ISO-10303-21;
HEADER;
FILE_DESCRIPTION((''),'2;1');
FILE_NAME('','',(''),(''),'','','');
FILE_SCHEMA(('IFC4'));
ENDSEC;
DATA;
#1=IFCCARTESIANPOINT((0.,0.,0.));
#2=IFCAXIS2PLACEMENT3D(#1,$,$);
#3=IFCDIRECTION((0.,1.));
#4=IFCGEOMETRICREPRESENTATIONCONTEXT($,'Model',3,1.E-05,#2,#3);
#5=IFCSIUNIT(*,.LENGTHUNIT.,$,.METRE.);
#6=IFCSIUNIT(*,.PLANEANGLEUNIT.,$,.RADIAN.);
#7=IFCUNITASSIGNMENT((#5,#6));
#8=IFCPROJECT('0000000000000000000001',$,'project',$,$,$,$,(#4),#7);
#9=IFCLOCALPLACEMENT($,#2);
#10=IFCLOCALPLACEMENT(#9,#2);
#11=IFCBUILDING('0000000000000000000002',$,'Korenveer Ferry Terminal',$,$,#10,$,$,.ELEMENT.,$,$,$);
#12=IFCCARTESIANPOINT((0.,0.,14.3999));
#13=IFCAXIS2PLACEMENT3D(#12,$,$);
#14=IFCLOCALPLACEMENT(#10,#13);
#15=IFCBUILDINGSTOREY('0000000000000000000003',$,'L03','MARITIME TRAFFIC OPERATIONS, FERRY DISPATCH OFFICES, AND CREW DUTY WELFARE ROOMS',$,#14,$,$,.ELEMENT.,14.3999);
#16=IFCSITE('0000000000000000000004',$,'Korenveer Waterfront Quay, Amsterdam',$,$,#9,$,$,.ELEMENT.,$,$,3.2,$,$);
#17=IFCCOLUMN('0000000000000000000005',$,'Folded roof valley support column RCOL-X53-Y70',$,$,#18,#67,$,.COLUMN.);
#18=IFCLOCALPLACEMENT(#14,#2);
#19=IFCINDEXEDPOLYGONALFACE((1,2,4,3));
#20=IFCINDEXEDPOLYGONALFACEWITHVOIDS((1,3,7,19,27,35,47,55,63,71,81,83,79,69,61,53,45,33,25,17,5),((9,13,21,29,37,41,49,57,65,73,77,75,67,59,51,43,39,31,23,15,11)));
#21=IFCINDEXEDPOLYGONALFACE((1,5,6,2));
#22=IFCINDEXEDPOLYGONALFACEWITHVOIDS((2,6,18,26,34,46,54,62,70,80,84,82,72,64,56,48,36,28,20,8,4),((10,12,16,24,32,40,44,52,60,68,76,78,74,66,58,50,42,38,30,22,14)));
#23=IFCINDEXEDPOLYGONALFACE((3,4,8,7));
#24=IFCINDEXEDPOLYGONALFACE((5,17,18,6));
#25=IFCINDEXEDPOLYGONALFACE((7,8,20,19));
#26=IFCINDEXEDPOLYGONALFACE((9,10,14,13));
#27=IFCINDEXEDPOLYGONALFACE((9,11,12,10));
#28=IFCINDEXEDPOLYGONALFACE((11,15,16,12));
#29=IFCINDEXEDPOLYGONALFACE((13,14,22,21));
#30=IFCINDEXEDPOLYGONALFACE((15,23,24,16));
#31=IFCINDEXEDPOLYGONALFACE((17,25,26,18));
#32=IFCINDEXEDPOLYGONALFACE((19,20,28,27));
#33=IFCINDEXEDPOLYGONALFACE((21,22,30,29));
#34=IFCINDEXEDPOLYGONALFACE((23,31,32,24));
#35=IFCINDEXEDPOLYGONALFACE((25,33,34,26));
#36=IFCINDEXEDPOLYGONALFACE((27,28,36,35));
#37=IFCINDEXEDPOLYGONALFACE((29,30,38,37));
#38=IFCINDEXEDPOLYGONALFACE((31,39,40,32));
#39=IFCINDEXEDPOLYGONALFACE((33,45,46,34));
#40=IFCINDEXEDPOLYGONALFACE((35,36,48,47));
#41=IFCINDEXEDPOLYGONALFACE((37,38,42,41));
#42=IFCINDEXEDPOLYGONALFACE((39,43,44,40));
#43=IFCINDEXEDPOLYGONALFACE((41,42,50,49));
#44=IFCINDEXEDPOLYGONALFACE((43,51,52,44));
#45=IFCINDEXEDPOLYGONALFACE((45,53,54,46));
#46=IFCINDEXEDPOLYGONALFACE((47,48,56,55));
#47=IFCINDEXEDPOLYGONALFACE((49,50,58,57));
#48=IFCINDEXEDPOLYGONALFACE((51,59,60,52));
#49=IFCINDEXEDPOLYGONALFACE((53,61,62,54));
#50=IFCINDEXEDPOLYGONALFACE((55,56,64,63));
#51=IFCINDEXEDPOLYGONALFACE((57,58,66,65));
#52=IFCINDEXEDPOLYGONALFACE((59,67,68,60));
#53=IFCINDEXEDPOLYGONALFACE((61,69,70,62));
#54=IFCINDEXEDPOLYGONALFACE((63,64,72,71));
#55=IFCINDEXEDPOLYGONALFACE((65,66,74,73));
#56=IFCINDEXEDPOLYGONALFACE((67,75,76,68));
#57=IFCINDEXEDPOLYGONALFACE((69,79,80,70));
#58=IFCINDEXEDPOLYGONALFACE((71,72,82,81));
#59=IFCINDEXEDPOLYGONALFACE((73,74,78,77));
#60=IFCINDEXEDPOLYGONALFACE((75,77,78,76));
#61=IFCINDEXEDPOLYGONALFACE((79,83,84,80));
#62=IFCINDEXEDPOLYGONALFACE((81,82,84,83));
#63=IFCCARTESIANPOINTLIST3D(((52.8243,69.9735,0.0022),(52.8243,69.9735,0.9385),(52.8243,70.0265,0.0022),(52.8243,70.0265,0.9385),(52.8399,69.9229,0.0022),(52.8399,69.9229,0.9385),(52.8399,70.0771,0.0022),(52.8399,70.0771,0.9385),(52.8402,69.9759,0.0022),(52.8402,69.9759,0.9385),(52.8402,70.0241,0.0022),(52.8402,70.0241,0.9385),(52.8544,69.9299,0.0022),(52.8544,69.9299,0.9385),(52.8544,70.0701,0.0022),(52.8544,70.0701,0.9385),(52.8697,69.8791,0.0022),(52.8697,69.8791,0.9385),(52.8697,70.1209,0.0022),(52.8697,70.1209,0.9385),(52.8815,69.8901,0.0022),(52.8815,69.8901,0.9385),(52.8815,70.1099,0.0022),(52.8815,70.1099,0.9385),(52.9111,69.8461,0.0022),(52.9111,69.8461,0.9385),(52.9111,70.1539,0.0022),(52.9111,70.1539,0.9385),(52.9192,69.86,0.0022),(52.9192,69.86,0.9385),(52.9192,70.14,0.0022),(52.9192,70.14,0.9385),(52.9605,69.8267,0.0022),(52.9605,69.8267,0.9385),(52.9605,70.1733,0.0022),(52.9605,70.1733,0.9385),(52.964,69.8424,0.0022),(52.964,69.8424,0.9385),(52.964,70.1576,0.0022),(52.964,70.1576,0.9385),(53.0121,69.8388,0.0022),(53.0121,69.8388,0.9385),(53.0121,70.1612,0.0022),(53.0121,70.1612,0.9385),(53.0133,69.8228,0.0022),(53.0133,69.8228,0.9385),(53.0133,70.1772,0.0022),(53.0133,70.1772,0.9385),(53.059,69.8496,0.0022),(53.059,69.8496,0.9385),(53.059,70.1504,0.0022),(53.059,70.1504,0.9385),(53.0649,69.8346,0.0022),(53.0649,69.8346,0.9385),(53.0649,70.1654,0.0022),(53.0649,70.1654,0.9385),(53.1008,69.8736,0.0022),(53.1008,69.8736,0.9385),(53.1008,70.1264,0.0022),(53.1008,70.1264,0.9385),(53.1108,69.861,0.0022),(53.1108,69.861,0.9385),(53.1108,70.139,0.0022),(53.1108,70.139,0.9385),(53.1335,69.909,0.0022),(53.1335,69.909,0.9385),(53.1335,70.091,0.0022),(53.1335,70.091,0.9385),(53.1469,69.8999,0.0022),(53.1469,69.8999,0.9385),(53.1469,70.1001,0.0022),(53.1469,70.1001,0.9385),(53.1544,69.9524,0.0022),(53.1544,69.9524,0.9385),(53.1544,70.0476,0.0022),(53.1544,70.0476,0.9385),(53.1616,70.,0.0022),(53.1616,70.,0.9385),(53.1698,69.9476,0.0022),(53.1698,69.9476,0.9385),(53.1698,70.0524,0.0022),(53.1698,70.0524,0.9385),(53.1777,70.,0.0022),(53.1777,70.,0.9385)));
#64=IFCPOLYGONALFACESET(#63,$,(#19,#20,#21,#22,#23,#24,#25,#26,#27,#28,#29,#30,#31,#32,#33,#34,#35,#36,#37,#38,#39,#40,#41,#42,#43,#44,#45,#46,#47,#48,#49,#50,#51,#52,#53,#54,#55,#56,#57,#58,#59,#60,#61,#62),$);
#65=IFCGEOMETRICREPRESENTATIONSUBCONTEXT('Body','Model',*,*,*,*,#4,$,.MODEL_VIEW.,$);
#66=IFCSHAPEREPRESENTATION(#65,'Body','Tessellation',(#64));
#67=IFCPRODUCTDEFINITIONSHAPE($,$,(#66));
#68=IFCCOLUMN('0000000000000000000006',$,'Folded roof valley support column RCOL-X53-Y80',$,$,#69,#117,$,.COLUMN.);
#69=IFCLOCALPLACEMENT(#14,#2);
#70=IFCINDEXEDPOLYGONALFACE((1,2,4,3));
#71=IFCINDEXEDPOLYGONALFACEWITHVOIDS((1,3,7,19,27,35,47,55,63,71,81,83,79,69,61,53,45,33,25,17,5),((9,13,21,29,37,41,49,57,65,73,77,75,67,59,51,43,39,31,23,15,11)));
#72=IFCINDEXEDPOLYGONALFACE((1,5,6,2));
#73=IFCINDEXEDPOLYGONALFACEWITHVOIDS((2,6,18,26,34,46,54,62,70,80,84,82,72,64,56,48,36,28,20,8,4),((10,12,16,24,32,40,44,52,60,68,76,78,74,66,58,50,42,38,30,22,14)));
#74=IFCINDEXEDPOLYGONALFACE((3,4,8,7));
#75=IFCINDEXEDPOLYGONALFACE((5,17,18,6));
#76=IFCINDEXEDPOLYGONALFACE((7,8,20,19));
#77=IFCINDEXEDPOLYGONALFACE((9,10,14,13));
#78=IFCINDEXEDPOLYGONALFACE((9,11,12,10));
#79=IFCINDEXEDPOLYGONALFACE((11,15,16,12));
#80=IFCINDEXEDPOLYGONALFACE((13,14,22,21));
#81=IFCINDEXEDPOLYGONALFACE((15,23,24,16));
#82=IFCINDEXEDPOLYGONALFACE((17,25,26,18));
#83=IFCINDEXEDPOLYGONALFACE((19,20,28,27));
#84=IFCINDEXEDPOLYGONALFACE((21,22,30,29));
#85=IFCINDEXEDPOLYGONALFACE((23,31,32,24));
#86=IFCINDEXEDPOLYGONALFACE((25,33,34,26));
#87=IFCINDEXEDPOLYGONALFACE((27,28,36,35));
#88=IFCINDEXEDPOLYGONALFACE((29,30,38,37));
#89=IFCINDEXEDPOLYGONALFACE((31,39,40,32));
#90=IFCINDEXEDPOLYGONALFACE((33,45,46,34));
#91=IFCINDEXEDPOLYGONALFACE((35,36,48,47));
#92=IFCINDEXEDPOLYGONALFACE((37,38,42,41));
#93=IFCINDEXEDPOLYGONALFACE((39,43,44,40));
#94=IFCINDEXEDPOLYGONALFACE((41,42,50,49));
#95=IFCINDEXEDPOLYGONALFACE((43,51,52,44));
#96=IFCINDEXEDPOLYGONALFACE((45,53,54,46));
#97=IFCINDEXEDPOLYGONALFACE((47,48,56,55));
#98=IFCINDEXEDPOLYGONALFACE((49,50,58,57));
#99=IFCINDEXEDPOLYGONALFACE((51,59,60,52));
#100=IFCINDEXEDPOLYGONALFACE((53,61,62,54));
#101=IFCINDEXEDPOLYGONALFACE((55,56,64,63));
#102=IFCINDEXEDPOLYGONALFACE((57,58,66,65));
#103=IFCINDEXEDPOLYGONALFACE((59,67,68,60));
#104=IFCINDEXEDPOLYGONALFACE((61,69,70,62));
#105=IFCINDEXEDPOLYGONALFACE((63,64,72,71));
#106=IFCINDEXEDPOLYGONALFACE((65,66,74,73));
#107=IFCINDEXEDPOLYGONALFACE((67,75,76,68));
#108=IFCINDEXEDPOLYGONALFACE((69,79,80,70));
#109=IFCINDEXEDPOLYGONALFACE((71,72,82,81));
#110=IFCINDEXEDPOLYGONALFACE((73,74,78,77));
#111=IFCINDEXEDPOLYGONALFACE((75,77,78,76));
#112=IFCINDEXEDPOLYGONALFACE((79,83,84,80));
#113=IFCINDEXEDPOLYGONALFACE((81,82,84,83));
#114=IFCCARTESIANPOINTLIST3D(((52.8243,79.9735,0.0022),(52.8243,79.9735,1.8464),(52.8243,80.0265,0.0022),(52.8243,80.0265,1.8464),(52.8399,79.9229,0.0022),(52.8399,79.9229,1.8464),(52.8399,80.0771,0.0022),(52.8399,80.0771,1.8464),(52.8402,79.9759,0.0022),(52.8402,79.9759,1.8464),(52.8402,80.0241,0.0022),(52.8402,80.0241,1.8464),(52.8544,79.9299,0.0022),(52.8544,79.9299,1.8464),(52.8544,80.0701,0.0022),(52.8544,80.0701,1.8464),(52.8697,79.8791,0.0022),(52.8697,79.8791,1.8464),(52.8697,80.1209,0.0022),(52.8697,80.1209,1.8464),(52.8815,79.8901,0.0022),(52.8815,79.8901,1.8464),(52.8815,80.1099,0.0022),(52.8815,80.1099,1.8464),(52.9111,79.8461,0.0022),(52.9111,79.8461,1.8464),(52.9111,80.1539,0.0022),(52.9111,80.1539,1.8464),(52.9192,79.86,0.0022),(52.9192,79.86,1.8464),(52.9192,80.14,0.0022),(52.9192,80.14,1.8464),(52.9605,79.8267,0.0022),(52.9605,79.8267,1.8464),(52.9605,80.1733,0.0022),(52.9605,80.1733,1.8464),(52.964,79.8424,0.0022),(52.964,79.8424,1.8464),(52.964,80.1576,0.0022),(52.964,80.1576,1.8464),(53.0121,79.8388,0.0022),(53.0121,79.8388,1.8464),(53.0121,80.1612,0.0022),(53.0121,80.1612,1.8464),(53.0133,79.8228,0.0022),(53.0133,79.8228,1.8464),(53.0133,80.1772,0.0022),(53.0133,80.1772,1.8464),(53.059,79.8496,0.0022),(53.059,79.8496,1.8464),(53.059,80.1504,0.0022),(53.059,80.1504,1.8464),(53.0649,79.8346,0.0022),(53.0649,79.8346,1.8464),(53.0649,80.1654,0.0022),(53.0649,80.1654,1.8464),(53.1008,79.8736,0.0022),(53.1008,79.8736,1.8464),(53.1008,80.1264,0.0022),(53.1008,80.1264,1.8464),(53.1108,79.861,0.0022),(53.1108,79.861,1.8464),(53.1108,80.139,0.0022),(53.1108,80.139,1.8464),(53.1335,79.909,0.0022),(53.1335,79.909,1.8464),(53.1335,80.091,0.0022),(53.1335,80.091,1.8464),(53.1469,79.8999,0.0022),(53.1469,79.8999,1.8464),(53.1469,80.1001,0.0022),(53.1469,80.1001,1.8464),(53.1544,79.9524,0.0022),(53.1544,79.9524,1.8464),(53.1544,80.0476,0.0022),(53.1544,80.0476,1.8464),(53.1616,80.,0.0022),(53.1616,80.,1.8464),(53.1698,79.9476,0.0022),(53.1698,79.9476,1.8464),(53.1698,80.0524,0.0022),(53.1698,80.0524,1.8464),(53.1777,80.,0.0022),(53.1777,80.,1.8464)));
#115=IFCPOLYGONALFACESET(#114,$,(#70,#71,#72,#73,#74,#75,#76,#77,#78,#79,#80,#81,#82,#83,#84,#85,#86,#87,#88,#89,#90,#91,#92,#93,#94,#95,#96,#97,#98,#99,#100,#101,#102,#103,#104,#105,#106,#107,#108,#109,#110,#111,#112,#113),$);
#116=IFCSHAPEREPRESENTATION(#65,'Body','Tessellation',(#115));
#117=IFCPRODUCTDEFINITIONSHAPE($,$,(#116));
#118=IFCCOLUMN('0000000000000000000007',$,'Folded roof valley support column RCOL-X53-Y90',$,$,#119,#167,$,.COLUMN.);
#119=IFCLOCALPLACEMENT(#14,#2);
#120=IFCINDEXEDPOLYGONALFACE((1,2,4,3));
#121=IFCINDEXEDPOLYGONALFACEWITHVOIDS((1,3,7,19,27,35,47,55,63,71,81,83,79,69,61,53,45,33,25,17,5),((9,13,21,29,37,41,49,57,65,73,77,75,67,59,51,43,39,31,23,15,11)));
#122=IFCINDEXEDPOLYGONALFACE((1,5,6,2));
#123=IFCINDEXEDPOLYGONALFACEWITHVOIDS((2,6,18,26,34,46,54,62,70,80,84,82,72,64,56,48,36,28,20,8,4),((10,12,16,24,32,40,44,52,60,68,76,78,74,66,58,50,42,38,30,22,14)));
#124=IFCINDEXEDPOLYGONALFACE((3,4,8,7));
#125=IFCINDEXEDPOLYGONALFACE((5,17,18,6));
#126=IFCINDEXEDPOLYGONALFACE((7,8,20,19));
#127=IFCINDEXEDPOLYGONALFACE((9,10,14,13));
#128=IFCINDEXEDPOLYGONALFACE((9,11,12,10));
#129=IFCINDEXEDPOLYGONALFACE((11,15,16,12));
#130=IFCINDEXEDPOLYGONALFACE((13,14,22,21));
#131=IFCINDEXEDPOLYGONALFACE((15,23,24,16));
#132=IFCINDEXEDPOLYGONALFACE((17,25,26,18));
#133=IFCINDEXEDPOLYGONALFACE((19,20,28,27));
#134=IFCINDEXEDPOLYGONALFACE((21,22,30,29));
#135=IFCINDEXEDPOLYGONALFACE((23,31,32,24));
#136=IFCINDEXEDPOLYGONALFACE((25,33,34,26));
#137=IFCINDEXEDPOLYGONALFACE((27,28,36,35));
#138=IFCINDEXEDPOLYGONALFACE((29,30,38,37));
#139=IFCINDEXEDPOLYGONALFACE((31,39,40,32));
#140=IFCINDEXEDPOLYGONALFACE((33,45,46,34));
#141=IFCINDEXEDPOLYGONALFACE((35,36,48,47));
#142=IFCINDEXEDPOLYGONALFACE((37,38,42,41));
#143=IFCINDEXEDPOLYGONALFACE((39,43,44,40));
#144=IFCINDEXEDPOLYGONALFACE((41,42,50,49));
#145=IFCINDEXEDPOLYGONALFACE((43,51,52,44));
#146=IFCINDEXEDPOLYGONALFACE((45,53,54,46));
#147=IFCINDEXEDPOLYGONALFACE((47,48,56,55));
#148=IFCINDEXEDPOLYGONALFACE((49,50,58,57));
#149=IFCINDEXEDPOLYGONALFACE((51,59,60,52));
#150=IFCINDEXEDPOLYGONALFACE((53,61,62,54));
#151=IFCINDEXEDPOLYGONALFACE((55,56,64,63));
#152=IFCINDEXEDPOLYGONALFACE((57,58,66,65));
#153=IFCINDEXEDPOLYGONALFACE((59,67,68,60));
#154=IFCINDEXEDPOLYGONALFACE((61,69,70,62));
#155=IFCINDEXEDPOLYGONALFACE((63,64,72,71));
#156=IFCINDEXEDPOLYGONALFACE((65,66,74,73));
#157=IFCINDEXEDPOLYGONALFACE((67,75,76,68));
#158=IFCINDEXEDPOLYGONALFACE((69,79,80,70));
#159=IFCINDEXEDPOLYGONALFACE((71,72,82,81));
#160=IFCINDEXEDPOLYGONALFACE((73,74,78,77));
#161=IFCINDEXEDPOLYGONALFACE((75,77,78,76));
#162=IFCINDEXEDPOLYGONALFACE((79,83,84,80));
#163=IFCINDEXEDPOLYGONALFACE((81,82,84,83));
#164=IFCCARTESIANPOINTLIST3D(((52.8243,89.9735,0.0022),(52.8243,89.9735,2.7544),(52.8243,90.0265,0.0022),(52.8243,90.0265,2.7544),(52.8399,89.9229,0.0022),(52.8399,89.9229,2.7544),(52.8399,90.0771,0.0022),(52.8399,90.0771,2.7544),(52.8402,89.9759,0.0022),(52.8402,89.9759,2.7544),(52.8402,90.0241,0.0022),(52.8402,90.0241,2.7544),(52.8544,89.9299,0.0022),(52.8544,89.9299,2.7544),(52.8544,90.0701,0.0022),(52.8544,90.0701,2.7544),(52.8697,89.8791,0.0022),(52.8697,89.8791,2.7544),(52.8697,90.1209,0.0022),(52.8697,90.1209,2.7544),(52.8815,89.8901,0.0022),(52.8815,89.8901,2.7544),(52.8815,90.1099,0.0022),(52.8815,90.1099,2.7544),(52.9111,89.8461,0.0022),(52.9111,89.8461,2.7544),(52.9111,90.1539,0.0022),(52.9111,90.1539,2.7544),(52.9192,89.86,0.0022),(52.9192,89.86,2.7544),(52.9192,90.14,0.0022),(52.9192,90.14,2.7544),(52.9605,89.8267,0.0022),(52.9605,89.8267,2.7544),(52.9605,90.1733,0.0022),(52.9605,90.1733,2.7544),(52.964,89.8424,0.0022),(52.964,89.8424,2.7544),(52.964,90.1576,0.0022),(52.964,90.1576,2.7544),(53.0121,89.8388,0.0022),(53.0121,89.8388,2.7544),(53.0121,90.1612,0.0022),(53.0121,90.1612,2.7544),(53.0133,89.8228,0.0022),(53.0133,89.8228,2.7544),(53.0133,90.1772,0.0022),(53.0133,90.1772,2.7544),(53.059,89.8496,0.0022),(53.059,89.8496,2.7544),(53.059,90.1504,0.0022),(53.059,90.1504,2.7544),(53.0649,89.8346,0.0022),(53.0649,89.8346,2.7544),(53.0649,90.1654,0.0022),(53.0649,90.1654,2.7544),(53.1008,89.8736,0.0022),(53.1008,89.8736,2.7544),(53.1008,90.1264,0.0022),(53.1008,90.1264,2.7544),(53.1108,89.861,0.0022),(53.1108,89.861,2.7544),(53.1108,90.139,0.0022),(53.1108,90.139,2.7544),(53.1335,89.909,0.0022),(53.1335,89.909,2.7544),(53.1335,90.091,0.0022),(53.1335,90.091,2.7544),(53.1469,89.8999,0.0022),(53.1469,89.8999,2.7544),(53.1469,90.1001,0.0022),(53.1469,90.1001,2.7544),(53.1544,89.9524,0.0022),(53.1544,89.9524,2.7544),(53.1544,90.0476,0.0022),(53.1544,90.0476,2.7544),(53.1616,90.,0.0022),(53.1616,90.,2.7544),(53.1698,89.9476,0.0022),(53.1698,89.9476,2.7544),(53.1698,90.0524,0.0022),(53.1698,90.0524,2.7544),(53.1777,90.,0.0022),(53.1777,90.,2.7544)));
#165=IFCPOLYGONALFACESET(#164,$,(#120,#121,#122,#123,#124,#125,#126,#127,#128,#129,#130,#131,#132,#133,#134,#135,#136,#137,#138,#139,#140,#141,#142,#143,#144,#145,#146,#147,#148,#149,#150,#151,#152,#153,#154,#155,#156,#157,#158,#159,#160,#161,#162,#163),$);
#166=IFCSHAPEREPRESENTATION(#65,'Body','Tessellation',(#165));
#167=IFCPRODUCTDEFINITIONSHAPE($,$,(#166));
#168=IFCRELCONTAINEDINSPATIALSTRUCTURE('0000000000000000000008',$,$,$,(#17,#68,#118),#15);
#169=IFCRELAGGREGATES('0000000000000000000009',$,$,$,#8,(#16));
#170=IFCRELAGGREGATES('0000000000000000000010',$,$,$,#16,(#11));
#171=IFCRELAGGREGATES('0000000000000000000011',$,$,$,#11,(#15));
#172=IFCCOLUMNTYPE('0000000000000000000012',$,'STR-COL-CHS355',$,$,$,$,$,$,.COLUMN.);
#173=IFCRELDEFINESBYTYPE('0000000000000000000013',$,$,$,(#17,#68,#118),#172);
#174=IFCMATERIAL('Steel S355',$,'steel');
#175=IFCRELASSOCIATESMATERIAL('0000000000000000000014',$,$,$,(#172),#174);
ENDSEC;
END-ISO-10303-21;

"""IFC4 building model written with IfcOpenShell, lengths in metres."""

from ifc_helpers import new_model, si_unit, direction, frame, origin, origin_2d, place, context, subcontext, project, spatial, hollow_circle, extrude, material, material_profile, profile_set, type_object, element, save


model = new_model("IFC4")

# Units and contexts
model_context = context("Model", 3, precision=1e-05, world=origin(), true_north=direction((0.0, 1.0)))
body_context = subcontext(model_context, "Body", "Model", "MODEL_VIEW")
ifc_project = project(units=[si_unit("LENGTHUNIT", "METRE"), si_unit("PLANEANGLEUNIT", "RADIAN")], contexts=[model_context])

# Site, building, storey
site_placement = place(None, origin())
site = spatial("IfcSite", under=ifc_project, at=site_placement, Name="Korenveer Waterfront Quay, Amsterdam", CompositionType="ELEMENT", RefElevation=3.2)
building_placement = place(site_placement, origin())
building = spatial("IfcBuilding", under=site, at=building_placement, Name="Korenveer Ferry Terminal", CompositionType="ELEMENT")
storey_placement = place(building_placement, frame((0.0, 0.0, 14.3999)))
storey = spatial("IfcBuildingStorey", under=building, at=storey_placement, Name="L03", Description="MARITIME TRAFFIC OPERATIONS, FERRY DISPATCH OFFICES, AND CREW DUTY WELFARE ROOMS", CompositionType="ELEMENT", Elevation=14.3999)

# Columns
ifc_material_1 = material(Name="Steel S355", Category="steel")
ifc_material_profile = material_profile(ifc_material_1, hollow_circle(Radius=0.1777, WallThickness=0.0161, at=origin_2d()), Name="CHS 355.6x16")
ifc_profile_set = profile_set([ifc_material_profile], Name="Steel S355")
column_type = type_object("IfcColumnType", Name="STR-COL-CHS355", PredefinedType="COLUMN", material=ifc_profile_set)
column_1_placement = place(storey_placement, frame((53.0, 70.0, 0.0022), z_axis=(0.0, 0.0, 1.0), x_axis=(1.0, 0.0, 0.0)))
element("IfcColumn", 1, at=column_1_placement, inside=storey, type_object=column_type, Name="Folded roof valley support column RCOL-X53-Y70", PredefinedType="COLUMN", context=body_context, shape_type="SweptSolid", body=[
    extrude(hollow_circle(Radius=0.1777, WallThickness=0.0161, at=origin_2d()), origin(), (0.0, 0.0, 1.0), 0.9363),
])
column_2_placement = place(storey_placement, frame((53.0, 80.0, 0.0022), z_axis=(0.0, 0.0, 1.0), x_axis=(1.0, 0.0, 0.0)))
element("IfcColumn", 2, at=column_2_placement, inside=storey, type_object=column_type, Name="Folded roof valley support column RCOL-X53-Y80", PredefinedType="COLUMN", context=body_context, shape_type="SweptSolid", body=[
    extrude(hollow_circle(Radius=0.1777, WallThickness=0.0161, at=origin_2d()), origin(), (0.0, 0.0, 1.0), 1.8442),
])
column_3_placement = place(storey_placement, frame((53.0, 90.0, 0.0022), z_axis=(0.0, 0.0, 1.0), x_axis=(1.0, 0.0, 0.0)))
element("IfcColumn", 3, at=column_3_placement, inside=storey, type_object=column_type, Name="Folded roof valley support column RCOL-X53-Y90", PredefinedType="COLUMN", context=body_context, shape_type="SweptSolid", body=[
    extrude(hollow_circle(Radius=0.1777, WallThickness=0.0161, at=origin_2d()), origin(), (0.0, 0.0, 1.0), 2.7522),
])

save(model, "model.ifc")
